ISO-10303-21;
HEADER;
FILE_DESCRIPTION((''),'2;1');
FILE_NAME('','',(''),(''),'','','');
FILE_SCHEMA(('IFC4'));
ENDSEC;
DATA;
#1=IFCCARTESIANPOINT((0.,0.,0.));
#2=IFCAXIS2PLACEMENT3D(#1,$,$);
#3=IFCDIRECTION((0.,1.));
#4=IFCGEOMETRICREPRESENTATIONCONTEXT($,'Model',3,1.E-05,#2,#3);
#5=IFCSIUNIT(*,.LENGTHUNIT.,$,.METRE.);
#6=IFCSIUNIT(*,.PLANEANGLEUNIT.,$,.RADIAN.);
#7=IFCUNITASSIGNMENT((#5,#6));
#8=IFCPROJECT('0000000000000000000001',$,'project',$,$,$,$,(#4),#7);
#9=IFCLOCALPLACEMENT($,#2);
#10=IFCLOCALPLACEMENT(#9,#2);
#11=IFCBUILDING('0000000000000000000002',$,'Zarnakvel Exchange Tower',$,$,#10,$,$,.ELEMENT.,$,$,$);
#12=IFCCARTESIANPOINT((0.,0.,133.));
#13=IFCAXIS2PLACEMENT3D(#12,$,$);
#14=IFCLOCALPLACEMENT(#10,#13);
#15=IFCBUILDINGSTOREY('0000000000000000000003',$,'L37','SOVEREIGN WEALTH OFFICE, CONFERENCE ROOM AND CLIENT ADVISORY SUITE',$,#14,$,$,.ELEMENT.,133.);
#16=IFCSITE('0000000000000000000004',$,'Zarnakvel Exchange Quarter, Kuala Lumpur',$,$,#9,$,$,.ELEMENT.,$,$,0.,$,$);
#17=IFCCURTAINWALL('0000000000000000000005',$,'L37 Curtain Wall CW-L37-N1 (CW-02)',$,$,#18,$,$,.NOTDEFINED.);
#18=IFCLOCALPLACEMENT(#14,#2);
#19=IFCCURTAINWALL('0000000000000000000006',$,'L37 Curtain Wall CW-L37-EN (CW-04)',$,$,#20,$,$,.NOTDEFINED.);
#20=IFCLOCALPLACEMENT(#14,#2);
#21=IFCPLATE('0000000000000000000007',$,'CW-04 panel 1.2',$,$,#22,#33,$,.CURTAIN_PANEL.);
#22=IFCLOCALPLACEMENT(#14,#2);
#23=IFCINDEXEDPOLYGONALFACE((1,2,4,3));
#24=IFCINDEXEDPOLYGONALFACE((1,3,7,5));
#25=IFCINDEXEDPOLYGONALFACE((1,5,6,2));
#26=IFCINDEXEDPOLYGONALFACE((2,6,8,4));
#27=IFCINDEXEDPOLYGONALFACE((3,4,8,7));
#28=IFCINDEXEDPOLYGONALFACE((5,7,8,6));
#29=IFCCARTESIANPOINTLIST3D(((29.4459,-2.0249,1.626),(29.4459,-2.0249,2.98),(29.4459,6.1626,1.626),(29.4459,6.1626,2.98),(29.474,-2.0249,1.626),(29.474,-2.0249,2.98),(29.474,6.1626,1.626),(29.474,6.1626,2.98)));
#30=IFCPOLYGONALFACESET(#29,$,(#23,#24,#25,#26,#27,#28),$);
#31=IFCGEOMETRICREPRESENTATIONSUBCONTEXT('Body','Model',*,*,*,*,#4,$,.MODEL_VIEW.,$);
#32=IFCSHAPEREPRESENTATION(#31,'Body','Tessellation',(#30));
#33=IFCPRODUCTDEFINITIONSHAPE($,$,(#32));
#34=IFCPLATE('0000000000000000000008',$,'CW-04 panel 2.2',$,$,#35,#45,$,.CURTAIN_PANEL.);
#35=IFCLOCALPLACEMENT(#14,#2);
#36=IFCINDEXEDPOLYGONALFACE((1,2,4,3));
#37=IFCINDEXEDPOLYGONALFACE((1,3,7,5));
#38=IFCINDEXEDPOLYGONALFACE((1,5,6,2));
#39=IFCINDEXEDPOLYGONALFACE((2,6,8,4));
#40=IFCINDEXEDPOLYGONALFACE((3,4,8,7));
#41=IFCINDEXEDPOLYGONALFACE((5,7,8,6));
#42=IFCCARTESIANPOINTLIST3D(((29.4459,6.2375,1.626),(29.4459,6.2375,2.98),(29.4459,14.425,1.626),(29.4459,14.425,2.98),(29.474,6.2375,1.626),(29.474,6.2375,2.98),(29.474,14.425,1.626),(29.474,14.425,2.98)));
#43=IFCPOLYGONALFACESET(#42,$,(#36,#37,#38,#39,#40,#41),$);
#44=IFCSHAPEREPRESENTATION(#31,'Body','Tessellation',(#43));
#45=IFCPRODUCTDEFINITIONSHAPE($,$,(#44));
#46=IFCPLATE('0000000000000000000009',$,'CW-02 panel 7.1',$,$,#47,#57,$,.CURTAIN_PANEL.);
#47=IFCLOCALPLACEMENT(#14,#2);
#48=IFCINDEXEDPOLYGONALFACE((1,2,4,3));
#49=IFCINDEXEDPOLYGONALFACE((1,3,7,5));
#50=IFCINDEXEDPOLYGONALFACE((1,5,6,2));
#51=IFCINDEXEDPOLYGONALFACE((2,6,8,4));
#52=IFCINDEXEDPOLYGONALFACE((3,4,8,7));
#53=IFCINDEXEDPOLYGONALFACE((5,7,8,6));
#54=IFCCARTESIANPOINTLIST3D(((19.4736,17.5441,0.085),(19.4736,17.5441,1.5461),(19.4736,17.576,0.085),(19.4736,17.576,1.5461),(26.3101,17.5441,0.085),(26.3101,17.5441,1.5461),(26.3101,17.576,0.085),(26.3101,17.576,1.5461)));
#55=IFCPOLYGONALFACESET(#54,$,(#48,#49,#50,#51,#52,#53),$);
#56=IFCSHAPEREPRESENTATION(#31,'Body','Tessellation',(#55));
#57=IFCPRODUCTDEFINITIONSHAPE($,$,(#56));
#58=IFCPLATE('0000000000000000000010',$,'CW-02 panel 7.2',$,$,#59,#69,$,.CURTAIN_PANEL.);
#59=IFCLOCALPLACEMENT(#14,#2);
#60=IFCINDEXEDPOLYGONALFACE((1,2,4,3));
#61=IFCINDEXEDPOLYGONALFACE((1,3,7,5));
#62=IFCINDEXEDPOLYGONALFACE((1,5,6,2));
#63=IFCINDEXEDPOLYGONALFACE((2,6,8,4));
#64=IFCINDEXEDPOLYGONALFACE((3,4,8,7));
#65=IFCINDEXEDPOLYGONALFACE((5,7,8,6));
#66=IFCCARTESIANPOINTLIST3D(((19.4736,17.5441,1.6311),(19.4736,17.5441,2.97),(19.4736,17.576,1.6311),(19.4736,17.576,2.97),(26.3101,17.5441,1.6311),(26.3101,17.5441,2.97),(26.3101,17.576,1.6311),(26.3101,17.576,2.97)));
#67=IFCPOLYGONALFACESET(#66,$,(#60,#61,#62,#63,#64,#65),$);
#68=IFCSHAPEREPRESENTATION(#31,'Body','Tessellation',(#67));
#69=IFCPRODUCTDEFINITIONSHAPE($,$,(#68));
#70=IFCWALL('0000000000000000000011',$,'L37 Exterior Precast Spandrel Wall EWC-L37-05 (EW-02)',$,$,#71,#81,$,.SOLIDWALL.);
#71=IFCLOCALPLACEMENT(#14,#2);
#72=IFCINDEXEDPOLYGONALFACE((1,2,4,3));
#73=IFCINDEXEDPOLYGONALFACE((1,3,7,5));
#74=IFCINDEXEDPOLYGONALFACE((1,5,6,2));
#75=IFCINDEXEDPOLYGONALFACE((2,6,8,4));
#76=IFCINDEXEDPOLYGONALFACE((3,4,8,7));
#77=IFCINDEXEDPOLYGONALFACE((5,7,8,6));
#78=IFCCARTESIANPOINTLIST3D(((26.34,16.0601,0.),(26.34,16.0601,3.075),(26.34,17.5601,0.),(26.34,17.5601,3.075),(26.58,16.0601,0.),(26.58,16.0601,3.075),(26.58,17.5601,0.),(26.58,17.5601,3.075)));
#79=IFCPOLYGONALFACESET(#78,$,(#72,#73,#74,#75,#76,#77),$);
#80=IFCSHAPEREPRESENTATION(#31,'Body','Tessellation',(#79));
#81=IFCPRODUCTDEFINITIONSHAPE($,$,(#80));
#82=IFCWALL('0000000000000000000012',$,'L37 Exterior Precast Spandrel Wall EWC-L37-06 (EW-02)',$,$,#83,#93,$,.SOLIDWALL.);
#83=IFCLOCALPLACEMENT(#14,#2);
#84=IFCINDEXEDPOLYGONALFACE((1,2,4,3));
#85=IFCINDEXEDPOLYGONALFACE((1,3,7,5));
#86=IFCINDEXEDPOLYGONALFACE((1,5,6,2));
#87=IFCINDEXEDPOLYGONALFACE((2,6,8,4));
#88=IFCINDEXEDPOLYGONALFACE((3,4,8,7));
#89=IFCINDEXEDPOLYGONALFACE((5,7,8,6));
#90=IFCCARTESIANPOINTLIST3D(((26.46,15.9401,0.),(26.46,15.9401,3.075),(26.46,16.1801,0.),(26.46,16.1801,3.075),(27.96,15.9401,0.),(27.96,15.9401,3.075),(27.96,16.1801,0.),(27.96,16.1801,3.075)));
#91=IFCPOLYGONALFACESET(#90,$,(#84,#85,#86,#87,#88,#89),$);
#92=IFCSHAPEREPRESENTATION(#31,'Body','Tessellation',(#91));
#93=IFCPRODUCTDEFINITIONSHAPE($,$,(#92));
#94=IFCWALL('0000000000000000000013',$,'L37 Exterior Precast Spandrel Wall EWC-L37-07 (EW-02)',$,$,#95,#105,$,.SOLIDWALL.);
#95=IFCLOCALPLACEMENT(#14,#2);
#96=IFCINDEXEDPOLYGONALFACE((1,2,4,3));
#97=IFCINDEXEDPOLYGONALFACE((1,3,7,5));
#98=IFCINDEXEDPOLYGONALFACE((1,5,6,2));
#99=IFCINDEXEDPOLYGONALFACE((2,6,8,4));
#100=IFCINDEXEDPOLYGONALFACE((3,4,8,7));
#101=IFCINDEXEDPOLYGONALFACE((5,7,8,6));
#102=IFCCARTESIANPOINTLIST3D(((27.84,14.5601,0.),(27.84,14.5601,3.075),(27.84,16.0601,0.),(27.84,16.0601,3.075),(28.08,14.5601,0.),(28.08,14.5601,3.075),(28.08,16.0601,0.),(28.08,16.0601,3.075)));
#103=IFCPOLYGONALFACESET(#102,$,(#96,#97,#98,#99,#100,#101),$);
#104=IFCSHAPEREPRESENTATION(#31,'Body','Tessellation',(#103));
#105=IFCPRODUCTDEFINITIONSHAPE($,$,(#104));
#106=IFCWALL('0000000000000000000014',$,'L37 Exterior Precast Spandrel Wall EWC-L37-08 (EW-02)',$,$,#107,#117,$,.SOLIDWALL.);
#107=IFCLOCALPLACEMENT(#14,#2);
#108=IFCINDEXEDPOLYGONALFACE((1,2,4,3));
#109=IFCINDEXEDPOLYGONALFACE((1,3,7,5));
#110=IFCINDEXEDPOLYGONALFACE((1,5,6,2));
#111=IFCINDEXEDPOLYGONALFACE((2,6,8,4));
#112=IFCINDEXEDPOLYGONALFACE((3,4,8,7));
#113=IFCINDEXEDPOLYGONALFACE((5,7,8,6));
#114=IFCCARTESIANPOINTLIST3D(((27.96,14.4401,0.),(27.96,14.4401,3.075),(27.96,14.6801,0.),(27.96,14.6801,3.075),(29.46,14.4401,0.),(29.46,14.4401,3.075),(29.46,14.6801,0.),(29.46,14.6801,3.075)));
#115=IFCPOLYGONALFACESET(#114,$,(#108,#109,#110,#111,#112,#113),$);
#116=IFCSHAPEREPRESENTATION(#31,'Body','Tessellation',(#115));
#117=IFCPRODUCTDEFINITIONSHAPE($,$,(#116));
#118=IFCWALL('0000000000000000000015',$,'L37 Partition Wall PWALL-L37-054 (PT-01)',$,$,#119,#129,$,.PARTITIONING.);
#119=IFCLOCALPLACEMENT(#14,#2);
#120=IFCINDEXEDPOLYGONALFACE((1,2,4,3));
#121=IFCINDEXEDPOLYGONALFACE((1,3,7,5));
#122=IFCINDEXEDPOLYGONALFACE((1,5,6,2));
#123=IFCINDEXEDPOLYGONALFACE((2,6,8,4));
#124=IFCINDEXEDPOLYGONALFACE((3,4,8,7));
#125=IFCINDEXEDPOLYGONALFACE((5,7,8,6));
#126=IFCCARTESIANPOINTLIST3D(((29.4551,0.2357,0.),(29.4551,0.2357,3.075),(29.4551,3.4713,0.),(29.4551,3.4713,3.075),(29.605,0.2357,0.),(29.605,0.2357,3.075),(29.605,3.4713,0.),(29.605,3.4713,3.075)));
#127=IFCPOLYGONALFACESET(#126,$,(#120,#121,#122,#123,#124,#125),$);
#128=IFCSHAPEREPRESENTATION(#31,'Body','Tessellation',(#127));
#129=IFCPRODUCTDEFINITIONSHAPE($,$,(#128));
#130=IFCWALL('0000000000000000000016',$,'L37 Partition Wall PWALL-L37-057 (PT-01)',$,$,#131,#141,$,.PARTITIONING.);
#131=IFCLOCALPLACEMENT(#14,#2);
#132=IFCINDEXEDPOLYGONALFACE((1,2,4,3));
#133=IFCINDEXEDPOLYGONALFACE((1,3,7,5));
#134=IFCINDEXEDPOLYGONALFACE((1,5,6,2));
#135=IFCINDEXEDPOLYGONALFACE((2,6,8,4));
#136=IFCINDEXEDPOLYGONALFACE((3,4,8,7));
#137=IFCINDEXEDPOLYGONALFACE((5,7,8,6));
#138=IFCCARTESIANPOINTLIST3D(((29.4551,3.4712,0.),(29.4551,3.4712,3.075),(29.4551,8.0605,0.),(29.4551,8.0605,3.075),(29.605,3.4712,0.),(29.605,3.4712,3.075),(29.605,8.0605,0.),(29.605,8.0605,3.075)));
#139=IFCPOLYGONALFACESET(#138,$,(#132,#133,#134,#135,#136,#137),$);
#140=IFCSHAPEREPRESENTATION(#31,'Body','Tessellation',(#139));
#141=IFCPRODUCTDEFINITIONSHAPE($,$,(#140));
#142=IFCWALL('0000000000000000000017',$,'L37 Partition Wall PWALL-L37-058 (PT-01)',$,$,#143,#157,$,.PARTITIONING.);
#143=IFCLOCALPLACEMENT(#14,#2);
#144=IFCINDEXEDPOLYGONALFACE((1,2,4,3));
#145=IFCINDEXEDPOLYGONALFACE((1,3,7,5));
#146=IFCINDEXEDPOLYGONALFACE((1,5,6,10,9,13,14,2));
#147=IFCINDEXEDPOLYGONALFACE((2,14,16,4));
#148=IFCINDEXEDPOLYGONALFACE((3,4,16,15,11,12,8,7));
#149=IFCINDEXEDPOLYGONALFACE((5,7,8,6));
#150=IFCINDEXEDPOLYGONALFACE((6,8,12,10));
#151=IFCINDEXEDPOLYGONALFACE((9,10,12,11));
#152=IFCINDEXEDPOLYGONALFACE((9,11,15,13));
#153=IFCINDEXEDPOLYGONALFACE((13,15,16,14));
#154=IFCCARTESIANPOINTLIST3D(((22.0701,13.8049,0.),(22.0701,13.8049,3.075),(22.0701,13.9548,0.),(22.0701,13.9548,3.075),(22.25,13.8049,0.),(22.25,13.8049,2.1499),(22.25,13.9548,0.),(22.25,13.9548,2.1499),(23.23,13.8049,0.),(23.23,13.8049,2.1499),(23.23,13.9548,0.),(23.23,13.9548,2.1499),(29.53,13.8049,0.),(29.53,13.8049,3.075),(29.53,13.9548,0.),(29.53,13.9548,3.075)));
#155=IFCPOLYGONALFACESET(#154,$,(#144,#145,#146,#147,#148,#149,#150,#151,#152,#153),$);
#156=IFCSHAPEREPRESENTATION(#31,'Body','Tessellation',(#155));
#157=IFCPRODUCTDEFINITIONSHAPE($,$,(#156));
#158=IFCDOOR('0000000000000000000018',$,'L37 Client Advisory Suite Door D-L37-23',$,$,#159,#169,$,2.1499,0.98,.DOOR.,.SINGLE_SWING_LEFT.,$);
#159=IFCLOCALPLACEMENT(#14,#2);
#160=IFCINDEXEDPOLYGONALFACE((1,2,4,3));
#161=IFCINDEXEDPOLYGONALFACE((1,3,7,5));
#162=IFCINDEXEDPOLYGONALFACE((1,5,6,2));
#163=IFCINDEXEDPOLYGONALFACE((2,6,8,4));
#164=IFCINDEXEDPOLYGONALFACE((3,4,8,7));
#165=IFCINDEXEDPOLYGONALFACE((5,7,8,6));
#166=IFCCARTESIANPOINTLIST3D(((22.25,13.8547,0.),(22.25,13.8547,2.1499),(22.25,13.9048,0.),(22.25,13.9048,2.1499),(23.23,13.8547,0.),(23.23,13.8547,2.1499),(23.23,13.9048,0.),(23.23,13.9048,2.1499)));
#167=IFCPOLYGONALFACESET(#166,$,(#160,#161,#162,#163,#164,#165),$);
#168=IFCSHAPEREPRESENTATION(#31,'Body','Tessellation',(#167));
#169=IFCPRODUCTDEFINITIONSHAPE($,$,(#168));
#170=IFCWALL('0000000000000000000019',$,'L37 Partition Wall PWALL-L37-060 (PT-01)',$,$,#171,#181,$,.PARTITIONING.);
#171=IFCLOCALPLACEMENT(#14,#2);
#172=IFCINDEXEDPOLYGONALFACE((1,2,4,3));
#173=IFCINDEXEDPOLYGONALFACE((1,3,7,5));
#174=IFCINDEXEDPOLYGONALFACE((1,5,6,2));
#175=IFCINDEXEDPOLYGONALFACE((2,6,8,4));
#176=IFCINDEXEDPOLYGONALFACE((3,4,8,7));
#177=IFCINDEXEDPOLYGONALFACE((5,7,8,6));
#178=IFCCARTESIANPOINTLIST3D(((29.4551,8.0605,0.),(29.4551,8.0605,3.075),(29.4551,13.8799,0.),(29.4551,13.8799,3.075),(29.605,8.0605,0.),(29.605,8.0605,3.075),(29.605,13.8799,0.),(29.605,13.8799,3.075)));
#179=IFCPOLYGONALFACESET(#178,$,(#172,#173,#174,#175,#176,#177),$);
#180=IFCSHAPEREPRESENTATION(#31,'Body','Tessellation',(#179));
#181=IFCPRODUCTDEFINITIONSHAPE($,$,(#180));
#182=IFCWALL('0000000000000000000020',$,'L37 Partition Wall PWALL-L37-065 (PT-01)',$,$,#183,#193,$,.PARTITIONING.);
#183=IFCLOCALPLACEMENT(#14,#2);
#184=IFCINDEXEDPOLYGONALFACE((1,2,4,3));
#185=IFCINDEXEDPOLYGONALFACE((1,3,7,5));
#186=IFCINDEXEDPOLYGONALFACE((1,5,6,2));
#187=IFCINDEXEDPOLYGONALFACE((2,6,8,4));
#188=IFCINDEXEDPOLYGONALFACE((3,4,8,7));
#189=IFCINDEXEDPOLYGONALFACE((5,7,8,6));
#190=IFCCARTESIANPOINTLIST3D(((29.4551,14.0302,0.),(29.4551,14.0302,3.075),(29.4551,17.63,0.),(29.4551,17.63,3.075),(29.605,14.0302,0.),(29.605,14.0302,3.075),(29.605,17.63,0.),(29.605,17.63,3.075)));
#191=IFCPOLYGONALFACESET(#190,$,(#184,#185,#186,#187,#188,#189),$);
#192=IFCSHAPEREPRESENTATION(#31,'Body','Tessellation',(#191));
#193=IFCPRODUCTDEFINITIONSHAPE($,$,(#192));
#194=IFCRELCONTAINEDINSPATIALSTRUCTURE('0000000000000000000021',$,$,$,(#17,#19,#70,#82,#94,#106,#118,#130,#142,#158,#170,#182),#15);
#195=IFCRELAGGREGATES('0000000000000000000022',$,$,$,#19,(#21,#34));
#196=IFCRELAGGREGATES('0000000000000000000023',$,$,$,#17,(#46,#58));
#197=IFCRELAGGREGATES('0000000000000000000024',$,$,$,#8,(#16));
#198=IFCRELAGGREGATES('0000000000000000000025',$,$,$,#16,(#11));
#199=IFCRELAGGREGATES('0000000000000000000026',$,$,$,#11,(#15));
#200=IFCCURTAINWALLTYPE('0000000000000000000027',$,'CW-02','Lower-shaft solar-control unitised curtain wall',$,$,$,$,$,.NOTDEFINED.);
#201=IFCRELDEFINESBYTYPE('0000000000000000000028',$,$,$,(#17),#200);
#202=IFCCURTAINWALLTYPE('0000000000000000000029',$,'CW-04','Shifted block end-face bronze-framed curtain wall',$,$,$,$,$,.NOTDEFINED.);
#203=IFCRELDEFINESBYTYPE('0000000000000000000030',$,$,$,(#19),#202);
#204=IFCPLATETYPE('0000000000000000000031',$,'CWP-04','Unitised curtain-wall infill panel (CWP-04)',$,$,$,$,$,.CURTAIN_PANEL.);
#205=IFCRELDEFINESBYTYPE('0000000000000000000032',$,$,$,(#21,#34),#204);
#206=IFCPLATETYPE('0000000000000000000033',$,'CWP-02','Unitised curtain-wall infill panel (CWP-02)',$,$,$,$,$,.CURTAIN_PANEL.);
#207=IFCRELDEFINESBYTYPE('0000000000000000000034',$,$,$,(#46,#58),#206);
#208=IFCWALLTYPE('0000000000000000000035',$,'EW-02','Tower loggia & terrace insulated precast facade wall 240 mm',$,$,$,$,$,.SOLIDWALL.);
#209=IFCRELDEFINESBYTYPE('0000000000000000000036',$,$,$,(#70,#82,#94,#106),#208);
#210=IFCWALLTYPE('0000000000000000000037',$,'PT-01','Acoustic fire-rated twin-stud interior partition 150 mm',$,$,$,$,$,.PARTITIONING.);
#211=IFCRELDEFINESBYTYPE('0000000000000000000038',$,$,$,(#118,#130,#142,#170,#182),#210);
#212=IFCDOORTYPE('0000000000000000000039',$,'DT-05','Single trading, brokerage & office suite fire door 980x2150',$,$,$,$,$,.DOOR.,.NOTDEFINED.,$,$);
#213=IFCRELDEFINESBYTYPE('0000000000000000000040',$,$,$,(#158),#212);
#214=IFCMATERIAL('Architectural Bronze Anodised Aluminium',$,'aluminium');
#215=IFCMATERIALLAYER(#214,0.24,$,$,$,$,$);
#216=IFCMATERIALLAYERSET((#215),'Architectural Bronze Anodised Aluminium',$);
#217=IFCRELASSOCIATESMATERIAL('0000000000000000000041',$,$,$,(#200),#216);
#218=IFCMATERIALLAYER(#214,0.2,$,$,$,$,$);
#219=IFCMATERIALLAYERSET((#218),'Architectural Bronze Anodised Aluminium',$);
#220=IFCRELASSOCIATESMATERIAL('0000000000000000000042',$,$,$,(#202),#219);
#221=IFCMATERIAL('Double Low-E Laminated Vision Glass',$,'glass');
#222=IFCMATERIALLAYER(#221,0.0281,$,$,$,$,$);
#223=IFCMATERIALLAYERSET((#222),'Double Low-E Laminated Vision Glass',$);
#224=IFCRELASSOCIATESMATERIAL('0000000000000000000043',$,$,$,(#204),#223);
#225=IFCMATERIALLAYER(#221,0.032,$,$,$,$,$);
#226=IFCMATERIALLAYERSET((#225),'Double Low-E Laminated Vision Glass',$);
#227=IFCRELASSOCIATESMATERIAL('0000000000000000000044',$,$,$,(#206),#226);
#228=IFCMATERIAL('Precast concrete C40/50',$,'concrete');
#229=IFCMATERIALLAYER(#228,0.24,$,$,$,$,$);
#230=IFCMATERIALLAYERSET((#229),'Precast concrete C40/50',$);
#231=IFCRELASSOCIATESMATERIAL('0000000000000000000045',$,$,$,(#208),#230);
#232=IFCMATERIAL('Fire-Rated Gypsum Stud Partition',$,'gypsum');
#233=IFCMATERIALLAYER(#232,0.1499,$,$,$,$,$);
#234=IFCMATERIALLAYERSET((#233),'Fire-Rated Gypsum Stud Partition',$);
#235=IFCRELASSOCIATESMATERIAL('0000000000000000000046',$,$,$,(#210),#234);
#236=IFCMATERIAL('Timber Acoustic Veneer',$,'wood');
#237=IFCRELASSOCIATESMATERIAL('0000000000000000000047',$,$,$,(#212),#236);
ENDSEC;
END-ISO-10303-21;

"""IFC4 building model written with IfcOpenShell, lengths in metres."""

from ifc_helpers import new_model, si_unit, direction, frame, frame_2d, origin, origin_2d, place, context, subcontext, project, spatial, rectangle, extrude, source, transform, mapped, material, layer, layer_set, type_object, element, fill, aggregate, save


model = new_model("IFC4")

# Units and contexts
model_context = context("Model", 3, precision=1e-05, world=origin(), true_north=direction((0.0, 1.0)))
body_context = subcontext(model_context, "Body", "Model", "MODEL_VIEW")
ifc_project = project(units=[si_unit("LENGTHUNIT", "METRE"), si_unit("PLANEANGLEUNIT", "RADIAN")], contexts=[model_context])

# Site, building, storey
site_placement = place(None, origin())
site = spatial("IfcSite", under=ifc_project, at=site_placement, Name="Zarnakvel Exchange Quarter, Kuala Lumpur", CompositionType="ELEMENT", RefElevation=0.0)
building_placement = place(site_placement, origin())
building = spatial("IfcBuilding", under=site, at=building_placement, Name="Zarnakvel Exchange Tower", CompositionType="ELEMENT")
storey_placement = place(building_placement, frame((0.0, 0.0, 133.0)))
storey = spatial("IfcBuildingStorey", under=building, at=storey_placement, Name="L37", Description="SOVEREIGN WEALTH OFFICE, CONFERENCE ROOM AND CLIENT ADVISORY SUITE", CompositionType="ELEMENT", Elevation=133.0)

# Curtain wall
ifc_material_1 = material(Name="Architectural Bronze Anodised Aluminium", Category="aluminium")
ifc_layer_1 = layer(ifc_material_1, 0.24)
ifc_layer_set_1 = layer_set([ifc_layer_1], Name="Architectural Bronze Anodised Aluminium")
curtain_wall_type_1 = type_object("IfcCurtainWallType", Name="CW-02", Description="Lower-shaft solar-control unitised curtain wall", PredefinedType="NOTDEFINED", material=ifc_layer_set_1)
curtain_wall_1_placement = place(storey_placement, origin())
curtain_wall_1 = element("IfcCurtainWall", 1, at=curtain_wall_1_placement, inside=storey, type_object=curtain_wall_type_1, Name="L37 Curtain Wall CW-L37-N1 (CW-02)", PredefinedType="NOTDEFINED")

# Curtain wall, plates
ifc_layer_2 = layer(ifc_material_1, 0.2)
ifc_layer_set_2 = layer_set([ifc_layer_2], Name="Architectural Bronze Anodised Aluminium")
curtain_wall_type_2 = type_object("IfcCurtainWallType", Name="CW-04", Description="Shifted block end-face bronze-framed curtain wall", PredefinedType="NOTDEFINED", material=ifc_layer_set_2)
curtain_wall_2_placement = place(storey_placement, origin())
curtain_wall_2 = element("IfcCurtainWall", 2, at=curtain_wall_2_placement, inside=storey, type_object=curtain_wall_type_2, Name="L37 Curtain Wall CW-L37-EN (CW-04)", PredefinedType="NOTDEFINED")
ifc_material_2 = material(Name="Double Low-E Laminated Vision Glass", Category="glass")
ifc_layer_3 = layer(ifc_material_2, 0.0281)
ifc_layer_set_3 = layer_set([ifc_layer_3], Name="Double Low-E Laminated Vision Glass")
plate_type_1 = type_object("IfcPlateType", Name="CWP-04", Description="Unitised curtain-wall infill panel (CWP-04)", PredefinedType="CURTAIN_PANEL", material=ifc_layer_set_3)
shared_shape_1 = source(origin(), body_context, "Body", "SweptSolid", [
    extrude(rectangle(XDim=8.1875, YDim=0.0281, at=origin_2d()), origin(), (0.0, 0.0, 1.0), 1.354),
])
plate_1_placement = place(storey_placement, frame((29.46, 2.0688, 1.626), z_axis=(0.0, 0.0, 1.0), x_axis=(0.0, 1.0, 0.0)))
plate_1 = element("IfcPlate", 3, at=plate_1_placement, type_object=plate_type_1, Name="CW-04 panel 1.2", PredefinedType="CURTAIN_PANEL", context=body_context, shape_type="MappedRepresentation", body=[
    mapped(shared_shape_1, transform((0.0, 0.0, 0.0), x_axis=(1.0, 0.0, 0.0), y_axis=(0.0, 1.0, 0.0), z_axis=(0.0, 0.0, 1.0), scale=1.0)),
])
plate_2_placement = place(storey_placement, frame((29.46, 10.3313, 1.626), z_axis=(0.0, 0.0, 1.0), x_axis=(0.0, 1.0, 0.0)))
plate_2 = element("IfcPlate", 4, at=plate_2_placement, type_object=plate_type_1, Name="CW-04 panel 2.2", PredefinedType="CURTAIN_PANEL", context=body_context, shape_type="MappedRepresentation", body=[
    mapped(shared_shape_1, transform((0.0, 0.0, 0.0), x_axis=(1.0, 0.0, 0.0), y_axis=(0.0, 1.0, 0.0), z_axis=(0.0, 0.0, 1.0), scale=1.0)),
])
aggregate(curtain_wall_2, [plate_1, plate_2])

# Plates
ifc_layer_4 = layer(ifc_material_2, 0.032)
ifc_layer_set_4 = layer_set([ifc_layer_4], Name="Double Low-E Laminated Vision Glass")
plate_type_2 = type_object("IfcPlateType", Name="CWP-02", Description="Unitised curtain-wall infill panel (CWP-02)", PredefinedType="CURTAIN_PANEL", material=ifc_layer_set_4)
shared_shape_2 = source(origin(), body_context, "Body", "SweptSolid", [
    extrude(rectangle(XDim=6.8364, YDim=0.032, at=origin_2d()), origin(), (0.0, 0.0, 1.0), 1.4612),
])
plate_3_placement = place(storey_placement, frame((22.8918, 17.5601, 0.085), z_axis=(0.0, 0.0, 1.0), x_axis=(1.0, 0.0, 0.0)))
plate_3 = element("IfcPlate", 5, at=plate_3_placement, type_object=plate_type_2, Name="CW-02 panel 7.1", PredefinedType="CURTAIN_PANEL", context=body_context, shape_type="MappedRepresentation", body=[
    mapped(shared_shape_2, transform((0.0, 0.0, 0.0), x_axis=(1.0, 0.0, 0.0), y_axis=(0.0, 1.0, 0.0), z_axis=(0.0, 0.0, 1.0), scale=1.0)),
])
shared_shape_3 = source(origin(), body_context, "Body", "SweptSolid", [
    extrude(rectangle(XDim=6.8364, YDim=0.032, at=origin_2d()), origin(), (0.0, 0.0, 1.0), 1.3389),
])
plate_4_placement = place(storey_placement, frame((22.8918, 17.5601, 1.6311), z_axis=(0.0, 0.0, 1.0), x_axis=(1.0, 0.0, 0.0)))
plate_4 = element("IfcPlate", 6, at=plate_4_placement, type_object=plate_type_2, Name="CW-02 panel 7.2", PredefinedType="CURTAIN_PANEL", context=body_context, shape_type="MappedRepresentation", body=[
    mapped(shared_shape_3, transform((0.0, 0.0, 0.0), x_axis=(1.0, 0.0, 0.0), y_axis=(0.0, 1.0, 0.0), z_axis=(0.0, 0.0, 1.0), scale=1.0)),
])
aggregate(curtain_wall_1, [plate_3, plate_4])

# Walls
ifc_material_3 = material(Name="Precast concrete C40/50", Category="concrete")
ifc_layer_5 = layer(ifc_material_3, 0.24)
ifc_layer_set_5 = layer_set([ifc_layer_5], Name="Precast concrete C40/50")
wall_type_1 = type_object("IfcWallType", Name="EW-02", Description="Tower loggia & terrace insulated precast facade wall 240 mm", PredefinedType="SOLIDWALL", material=ifc_layer_set_5)
for number, where, z_axis, x_axis, name in (
    (7, (26.46, 16.0601, 0.0), (0.0, 0.0, 1.0), (0.0, 1.0, 0.0), "L37 Exterior Precast Spandrel Wall EWC-L37-05 (EW-02)"),
    (8, (27.96, 16.0601, 0.0), (0.0, 0.0, 1.0), (-1.0, 0.0, 0.0), "L37 Exterior Precast Spandrel Wall EWC-L37-06 (EW-02)"),
    (9, (27.96, 14.5601, 0.0), (0.0, 0.0, 1.0), (0.0, 1.0, 0.0), "L37 Exterior Precast Spandrel Wall EWC-L37-07 (EW-02)"),
    (10, (29.46, 14.5601, 0.0), (0.0, 0.0, 1.0), (-1.0, 0.0, 0.0), "L37 Exterior Precast Spandrel Wall EWC-L37-08 (EW-02)"),
):
    element("IfcWall", number, at=place(storey_placement, frame(where, z_axis=z_axis, x_axis=x_axis)), inside=storey, type_object=wall_type_1, Name=name, PredefinedType="SOLIDWALL", context=body_context, shape_type="SweptSolid", body=[
        extrude(rectangle(XDim=1.5, YDim=0.24, at=frame_2d((0.75, 0.0))), origin(), (0.0, 0.0, 1.0), 3.075),
    ])
ifc_material_4 = material(Name="Fire-Rated Gypsum Stud Partition", Category="gypsum")
ifc_layer_6 = layer(ifc_material_4, 0.1499)
ifc_layer_set_6 = layer_set([ifc_layer_6], Name="Fire-Rated Gypsum Stud Partition")
wall_type_2 = type_object("IfcWallType", Name="PT-01", Description="Acoustic fire-rated twin-stud interior partition 150 mm", PredefinedType="PARTITIONING", material=ifc_layer_set_6)
wall_1_placement = place(storey_placement, frame((29.53, 3.4712, 0.0), z_axis=(0.0, 0.0, 1.0), x_axis=(0.0, -1.0, 0.0)))
element("IfcWall", 11, at=wall_1_placement, inside=storey, type_object=wall_type_2, Name="L37 Partition Wall PWALL-L37-054 (PT-01)", PredefinedType="PARTITIONING", context=body_context, shape_type="SweptSolid", body=[
    extrude(rectangle(XDim=3.2356, YDim=0.1499, at=frame_2d((1.6177, 0.0))), origin(), (0.0, 0.0, 1.0), 3.075),
])
wall_2_placement = place(storey_placement, frame((29.53, 8.0605, 0.0), z_axis=(0.0, 0.0, 1.0), x_axis=(0.0, -1.0, 0.0)))
element("IfcWall", 12, at=wall_2_placement, inside=storey, type_object=wall_type_2, Name="L37 Partition Wall PWALL-L37-057 (PT-01)", PredefinedType="PARTITIONING", context=body_context, shape_type="SweptSolid", body=[
    extrude(rectangle(XDim=4.5894, YDim=0.1499, at=frame_2d((2.2947, 0.0))), origin(), (0.0, 0.0, 1.0), 3.075),
])

# Wall, opening, door
wall_3_placement = place(storey_placement, frame((22.0701, 13.8799, 0.0), z_axis=(0.0, 0.0, 1.0), x_axis=(1.0, 0.0, 0.0)))
wall_3 = element("IfcWall", 13, at=wall_3_placement, inside=storey, type_object=wall_type_2, Name="L37 Partition Wall PWALL-L37-058 (PT-01)", PredefinedType="PARTITIONING", context=body_context, shape_type="SweptSolid", body=[
    extrude(rectangle(XDim=7.46, YDim=0.1499, at=frame_2d((3.73, 0.0))), origin(), (0.0, 0.0, 1.0), 3.075),
])
opening_placement = place(wall_3_placement, frame((0.1799, 0.0, 0.0)))
opening = element("IfcOpeningElement", 14, at=opening_placement, cuts=wall_3, PredefinedType="OPENING", context=body_context, shape_type="SweptSolid", body=[
    extrude(rectangle(XDim=0.98, YDim=2.1499, at=frame_2d((0.49, 1.075))), frame((0.0, 0.085, 0.0), z_axis=(0.0, -1.0, 0.0), x_axis=(1.0, 0.0, 0.0)), (0.0, 0.0, 1.0), 0.1699),
])
ifc_material_5 = material(Name="Timber Acoustic Veneer", Category="wood")
door_type = type_object("IfcDoorType", Name="DT-05", Description="Single trading, brokerage & office suite fire door 980x2150", OperationType="NOTDEFINED", PredefinedType="DOOR", material=ifc_material_5)
shared_shape_4 = source(origin(), body_context, "Body", "SweptSolid", [
    extrude(rectangle(XDim=0.98, YDim=2.1499, at=frame_2d((0.49, 1.075))), frame((0.0, 0.0249, 0.0), z_axis=(0.0, -1.0, 0.0), x_axis=(1.0, 0.0, 0.0)), (0.0, 0.0, 1.0), 0.05),
])
door_placement = place(opening_placement, origin())
door = element("IfcDoor", 15, at=door_placement, inside=storey, type_object=door_type, Name="L37 Client Advisory Suite Door D-L37-23", OperationType="SINGLE_SWING_LEFT", OverallHeight=2.1499, OverallWidth=0.98, PredefinedType="DOOR", context=body_context, shape_type="MappedRepresentation", body=[
    mapped(shared_shape_4, transform((0.0, 0.0, 0.0), x_axis=(1.0, 0.0, 0.0), y_axis=(0.0, 1.0, 0.0), z_axis=(0.0, 0.0, 1.0), scale=1.0)),
])
fill(opening, door)

# Walls
wall_4_placement = place(storey_placement, frame((29.53, 13.8799, 0.0), z_axis=(0.0, 0.0, 1.0), x_axis=(0.0, -1.0, 0.0)))
element("IfcWall", 16, at=wall_4_placement, inside=storey, type_object=wall_type_2, Name="L37 Partition Wall PWALL-L37-060 (PT-01)", PredefinedType="PARTITIONING", context=body_context, shape_type="SweptSolid", body=[
    extrude(rectangle(XDim=5.8193, YDim=0.1499, at=frame_2d((2.9097, 0.0))), origin(), (0.0, 0.0, 1.0), 3.075),
])
wall_5_placement = place(storey_placement, frame((29.53, 17.6299, 0.0), z_axis=(0.0, 0.0, 1.0), x_axis=(0.0, -1.0, 0.0)))
element("IfcWall", 17, at=wall_5_placement, inside=storey, type_object=wall_type_2, Name="L37 Partition Wall PWALL-L37-065 (PT-01)", PredefinedType="PARTITIONING", context=body_context, shape_type="SweptSolid", body=[
    extrude(rectangle(XDim=3.5999, YDim=0.1499, at=frame_2d((1.7998, 0.0))), origin(), (0.0, 0.0, 1.0), 3.075),
])

save(model, "model.ifc")
